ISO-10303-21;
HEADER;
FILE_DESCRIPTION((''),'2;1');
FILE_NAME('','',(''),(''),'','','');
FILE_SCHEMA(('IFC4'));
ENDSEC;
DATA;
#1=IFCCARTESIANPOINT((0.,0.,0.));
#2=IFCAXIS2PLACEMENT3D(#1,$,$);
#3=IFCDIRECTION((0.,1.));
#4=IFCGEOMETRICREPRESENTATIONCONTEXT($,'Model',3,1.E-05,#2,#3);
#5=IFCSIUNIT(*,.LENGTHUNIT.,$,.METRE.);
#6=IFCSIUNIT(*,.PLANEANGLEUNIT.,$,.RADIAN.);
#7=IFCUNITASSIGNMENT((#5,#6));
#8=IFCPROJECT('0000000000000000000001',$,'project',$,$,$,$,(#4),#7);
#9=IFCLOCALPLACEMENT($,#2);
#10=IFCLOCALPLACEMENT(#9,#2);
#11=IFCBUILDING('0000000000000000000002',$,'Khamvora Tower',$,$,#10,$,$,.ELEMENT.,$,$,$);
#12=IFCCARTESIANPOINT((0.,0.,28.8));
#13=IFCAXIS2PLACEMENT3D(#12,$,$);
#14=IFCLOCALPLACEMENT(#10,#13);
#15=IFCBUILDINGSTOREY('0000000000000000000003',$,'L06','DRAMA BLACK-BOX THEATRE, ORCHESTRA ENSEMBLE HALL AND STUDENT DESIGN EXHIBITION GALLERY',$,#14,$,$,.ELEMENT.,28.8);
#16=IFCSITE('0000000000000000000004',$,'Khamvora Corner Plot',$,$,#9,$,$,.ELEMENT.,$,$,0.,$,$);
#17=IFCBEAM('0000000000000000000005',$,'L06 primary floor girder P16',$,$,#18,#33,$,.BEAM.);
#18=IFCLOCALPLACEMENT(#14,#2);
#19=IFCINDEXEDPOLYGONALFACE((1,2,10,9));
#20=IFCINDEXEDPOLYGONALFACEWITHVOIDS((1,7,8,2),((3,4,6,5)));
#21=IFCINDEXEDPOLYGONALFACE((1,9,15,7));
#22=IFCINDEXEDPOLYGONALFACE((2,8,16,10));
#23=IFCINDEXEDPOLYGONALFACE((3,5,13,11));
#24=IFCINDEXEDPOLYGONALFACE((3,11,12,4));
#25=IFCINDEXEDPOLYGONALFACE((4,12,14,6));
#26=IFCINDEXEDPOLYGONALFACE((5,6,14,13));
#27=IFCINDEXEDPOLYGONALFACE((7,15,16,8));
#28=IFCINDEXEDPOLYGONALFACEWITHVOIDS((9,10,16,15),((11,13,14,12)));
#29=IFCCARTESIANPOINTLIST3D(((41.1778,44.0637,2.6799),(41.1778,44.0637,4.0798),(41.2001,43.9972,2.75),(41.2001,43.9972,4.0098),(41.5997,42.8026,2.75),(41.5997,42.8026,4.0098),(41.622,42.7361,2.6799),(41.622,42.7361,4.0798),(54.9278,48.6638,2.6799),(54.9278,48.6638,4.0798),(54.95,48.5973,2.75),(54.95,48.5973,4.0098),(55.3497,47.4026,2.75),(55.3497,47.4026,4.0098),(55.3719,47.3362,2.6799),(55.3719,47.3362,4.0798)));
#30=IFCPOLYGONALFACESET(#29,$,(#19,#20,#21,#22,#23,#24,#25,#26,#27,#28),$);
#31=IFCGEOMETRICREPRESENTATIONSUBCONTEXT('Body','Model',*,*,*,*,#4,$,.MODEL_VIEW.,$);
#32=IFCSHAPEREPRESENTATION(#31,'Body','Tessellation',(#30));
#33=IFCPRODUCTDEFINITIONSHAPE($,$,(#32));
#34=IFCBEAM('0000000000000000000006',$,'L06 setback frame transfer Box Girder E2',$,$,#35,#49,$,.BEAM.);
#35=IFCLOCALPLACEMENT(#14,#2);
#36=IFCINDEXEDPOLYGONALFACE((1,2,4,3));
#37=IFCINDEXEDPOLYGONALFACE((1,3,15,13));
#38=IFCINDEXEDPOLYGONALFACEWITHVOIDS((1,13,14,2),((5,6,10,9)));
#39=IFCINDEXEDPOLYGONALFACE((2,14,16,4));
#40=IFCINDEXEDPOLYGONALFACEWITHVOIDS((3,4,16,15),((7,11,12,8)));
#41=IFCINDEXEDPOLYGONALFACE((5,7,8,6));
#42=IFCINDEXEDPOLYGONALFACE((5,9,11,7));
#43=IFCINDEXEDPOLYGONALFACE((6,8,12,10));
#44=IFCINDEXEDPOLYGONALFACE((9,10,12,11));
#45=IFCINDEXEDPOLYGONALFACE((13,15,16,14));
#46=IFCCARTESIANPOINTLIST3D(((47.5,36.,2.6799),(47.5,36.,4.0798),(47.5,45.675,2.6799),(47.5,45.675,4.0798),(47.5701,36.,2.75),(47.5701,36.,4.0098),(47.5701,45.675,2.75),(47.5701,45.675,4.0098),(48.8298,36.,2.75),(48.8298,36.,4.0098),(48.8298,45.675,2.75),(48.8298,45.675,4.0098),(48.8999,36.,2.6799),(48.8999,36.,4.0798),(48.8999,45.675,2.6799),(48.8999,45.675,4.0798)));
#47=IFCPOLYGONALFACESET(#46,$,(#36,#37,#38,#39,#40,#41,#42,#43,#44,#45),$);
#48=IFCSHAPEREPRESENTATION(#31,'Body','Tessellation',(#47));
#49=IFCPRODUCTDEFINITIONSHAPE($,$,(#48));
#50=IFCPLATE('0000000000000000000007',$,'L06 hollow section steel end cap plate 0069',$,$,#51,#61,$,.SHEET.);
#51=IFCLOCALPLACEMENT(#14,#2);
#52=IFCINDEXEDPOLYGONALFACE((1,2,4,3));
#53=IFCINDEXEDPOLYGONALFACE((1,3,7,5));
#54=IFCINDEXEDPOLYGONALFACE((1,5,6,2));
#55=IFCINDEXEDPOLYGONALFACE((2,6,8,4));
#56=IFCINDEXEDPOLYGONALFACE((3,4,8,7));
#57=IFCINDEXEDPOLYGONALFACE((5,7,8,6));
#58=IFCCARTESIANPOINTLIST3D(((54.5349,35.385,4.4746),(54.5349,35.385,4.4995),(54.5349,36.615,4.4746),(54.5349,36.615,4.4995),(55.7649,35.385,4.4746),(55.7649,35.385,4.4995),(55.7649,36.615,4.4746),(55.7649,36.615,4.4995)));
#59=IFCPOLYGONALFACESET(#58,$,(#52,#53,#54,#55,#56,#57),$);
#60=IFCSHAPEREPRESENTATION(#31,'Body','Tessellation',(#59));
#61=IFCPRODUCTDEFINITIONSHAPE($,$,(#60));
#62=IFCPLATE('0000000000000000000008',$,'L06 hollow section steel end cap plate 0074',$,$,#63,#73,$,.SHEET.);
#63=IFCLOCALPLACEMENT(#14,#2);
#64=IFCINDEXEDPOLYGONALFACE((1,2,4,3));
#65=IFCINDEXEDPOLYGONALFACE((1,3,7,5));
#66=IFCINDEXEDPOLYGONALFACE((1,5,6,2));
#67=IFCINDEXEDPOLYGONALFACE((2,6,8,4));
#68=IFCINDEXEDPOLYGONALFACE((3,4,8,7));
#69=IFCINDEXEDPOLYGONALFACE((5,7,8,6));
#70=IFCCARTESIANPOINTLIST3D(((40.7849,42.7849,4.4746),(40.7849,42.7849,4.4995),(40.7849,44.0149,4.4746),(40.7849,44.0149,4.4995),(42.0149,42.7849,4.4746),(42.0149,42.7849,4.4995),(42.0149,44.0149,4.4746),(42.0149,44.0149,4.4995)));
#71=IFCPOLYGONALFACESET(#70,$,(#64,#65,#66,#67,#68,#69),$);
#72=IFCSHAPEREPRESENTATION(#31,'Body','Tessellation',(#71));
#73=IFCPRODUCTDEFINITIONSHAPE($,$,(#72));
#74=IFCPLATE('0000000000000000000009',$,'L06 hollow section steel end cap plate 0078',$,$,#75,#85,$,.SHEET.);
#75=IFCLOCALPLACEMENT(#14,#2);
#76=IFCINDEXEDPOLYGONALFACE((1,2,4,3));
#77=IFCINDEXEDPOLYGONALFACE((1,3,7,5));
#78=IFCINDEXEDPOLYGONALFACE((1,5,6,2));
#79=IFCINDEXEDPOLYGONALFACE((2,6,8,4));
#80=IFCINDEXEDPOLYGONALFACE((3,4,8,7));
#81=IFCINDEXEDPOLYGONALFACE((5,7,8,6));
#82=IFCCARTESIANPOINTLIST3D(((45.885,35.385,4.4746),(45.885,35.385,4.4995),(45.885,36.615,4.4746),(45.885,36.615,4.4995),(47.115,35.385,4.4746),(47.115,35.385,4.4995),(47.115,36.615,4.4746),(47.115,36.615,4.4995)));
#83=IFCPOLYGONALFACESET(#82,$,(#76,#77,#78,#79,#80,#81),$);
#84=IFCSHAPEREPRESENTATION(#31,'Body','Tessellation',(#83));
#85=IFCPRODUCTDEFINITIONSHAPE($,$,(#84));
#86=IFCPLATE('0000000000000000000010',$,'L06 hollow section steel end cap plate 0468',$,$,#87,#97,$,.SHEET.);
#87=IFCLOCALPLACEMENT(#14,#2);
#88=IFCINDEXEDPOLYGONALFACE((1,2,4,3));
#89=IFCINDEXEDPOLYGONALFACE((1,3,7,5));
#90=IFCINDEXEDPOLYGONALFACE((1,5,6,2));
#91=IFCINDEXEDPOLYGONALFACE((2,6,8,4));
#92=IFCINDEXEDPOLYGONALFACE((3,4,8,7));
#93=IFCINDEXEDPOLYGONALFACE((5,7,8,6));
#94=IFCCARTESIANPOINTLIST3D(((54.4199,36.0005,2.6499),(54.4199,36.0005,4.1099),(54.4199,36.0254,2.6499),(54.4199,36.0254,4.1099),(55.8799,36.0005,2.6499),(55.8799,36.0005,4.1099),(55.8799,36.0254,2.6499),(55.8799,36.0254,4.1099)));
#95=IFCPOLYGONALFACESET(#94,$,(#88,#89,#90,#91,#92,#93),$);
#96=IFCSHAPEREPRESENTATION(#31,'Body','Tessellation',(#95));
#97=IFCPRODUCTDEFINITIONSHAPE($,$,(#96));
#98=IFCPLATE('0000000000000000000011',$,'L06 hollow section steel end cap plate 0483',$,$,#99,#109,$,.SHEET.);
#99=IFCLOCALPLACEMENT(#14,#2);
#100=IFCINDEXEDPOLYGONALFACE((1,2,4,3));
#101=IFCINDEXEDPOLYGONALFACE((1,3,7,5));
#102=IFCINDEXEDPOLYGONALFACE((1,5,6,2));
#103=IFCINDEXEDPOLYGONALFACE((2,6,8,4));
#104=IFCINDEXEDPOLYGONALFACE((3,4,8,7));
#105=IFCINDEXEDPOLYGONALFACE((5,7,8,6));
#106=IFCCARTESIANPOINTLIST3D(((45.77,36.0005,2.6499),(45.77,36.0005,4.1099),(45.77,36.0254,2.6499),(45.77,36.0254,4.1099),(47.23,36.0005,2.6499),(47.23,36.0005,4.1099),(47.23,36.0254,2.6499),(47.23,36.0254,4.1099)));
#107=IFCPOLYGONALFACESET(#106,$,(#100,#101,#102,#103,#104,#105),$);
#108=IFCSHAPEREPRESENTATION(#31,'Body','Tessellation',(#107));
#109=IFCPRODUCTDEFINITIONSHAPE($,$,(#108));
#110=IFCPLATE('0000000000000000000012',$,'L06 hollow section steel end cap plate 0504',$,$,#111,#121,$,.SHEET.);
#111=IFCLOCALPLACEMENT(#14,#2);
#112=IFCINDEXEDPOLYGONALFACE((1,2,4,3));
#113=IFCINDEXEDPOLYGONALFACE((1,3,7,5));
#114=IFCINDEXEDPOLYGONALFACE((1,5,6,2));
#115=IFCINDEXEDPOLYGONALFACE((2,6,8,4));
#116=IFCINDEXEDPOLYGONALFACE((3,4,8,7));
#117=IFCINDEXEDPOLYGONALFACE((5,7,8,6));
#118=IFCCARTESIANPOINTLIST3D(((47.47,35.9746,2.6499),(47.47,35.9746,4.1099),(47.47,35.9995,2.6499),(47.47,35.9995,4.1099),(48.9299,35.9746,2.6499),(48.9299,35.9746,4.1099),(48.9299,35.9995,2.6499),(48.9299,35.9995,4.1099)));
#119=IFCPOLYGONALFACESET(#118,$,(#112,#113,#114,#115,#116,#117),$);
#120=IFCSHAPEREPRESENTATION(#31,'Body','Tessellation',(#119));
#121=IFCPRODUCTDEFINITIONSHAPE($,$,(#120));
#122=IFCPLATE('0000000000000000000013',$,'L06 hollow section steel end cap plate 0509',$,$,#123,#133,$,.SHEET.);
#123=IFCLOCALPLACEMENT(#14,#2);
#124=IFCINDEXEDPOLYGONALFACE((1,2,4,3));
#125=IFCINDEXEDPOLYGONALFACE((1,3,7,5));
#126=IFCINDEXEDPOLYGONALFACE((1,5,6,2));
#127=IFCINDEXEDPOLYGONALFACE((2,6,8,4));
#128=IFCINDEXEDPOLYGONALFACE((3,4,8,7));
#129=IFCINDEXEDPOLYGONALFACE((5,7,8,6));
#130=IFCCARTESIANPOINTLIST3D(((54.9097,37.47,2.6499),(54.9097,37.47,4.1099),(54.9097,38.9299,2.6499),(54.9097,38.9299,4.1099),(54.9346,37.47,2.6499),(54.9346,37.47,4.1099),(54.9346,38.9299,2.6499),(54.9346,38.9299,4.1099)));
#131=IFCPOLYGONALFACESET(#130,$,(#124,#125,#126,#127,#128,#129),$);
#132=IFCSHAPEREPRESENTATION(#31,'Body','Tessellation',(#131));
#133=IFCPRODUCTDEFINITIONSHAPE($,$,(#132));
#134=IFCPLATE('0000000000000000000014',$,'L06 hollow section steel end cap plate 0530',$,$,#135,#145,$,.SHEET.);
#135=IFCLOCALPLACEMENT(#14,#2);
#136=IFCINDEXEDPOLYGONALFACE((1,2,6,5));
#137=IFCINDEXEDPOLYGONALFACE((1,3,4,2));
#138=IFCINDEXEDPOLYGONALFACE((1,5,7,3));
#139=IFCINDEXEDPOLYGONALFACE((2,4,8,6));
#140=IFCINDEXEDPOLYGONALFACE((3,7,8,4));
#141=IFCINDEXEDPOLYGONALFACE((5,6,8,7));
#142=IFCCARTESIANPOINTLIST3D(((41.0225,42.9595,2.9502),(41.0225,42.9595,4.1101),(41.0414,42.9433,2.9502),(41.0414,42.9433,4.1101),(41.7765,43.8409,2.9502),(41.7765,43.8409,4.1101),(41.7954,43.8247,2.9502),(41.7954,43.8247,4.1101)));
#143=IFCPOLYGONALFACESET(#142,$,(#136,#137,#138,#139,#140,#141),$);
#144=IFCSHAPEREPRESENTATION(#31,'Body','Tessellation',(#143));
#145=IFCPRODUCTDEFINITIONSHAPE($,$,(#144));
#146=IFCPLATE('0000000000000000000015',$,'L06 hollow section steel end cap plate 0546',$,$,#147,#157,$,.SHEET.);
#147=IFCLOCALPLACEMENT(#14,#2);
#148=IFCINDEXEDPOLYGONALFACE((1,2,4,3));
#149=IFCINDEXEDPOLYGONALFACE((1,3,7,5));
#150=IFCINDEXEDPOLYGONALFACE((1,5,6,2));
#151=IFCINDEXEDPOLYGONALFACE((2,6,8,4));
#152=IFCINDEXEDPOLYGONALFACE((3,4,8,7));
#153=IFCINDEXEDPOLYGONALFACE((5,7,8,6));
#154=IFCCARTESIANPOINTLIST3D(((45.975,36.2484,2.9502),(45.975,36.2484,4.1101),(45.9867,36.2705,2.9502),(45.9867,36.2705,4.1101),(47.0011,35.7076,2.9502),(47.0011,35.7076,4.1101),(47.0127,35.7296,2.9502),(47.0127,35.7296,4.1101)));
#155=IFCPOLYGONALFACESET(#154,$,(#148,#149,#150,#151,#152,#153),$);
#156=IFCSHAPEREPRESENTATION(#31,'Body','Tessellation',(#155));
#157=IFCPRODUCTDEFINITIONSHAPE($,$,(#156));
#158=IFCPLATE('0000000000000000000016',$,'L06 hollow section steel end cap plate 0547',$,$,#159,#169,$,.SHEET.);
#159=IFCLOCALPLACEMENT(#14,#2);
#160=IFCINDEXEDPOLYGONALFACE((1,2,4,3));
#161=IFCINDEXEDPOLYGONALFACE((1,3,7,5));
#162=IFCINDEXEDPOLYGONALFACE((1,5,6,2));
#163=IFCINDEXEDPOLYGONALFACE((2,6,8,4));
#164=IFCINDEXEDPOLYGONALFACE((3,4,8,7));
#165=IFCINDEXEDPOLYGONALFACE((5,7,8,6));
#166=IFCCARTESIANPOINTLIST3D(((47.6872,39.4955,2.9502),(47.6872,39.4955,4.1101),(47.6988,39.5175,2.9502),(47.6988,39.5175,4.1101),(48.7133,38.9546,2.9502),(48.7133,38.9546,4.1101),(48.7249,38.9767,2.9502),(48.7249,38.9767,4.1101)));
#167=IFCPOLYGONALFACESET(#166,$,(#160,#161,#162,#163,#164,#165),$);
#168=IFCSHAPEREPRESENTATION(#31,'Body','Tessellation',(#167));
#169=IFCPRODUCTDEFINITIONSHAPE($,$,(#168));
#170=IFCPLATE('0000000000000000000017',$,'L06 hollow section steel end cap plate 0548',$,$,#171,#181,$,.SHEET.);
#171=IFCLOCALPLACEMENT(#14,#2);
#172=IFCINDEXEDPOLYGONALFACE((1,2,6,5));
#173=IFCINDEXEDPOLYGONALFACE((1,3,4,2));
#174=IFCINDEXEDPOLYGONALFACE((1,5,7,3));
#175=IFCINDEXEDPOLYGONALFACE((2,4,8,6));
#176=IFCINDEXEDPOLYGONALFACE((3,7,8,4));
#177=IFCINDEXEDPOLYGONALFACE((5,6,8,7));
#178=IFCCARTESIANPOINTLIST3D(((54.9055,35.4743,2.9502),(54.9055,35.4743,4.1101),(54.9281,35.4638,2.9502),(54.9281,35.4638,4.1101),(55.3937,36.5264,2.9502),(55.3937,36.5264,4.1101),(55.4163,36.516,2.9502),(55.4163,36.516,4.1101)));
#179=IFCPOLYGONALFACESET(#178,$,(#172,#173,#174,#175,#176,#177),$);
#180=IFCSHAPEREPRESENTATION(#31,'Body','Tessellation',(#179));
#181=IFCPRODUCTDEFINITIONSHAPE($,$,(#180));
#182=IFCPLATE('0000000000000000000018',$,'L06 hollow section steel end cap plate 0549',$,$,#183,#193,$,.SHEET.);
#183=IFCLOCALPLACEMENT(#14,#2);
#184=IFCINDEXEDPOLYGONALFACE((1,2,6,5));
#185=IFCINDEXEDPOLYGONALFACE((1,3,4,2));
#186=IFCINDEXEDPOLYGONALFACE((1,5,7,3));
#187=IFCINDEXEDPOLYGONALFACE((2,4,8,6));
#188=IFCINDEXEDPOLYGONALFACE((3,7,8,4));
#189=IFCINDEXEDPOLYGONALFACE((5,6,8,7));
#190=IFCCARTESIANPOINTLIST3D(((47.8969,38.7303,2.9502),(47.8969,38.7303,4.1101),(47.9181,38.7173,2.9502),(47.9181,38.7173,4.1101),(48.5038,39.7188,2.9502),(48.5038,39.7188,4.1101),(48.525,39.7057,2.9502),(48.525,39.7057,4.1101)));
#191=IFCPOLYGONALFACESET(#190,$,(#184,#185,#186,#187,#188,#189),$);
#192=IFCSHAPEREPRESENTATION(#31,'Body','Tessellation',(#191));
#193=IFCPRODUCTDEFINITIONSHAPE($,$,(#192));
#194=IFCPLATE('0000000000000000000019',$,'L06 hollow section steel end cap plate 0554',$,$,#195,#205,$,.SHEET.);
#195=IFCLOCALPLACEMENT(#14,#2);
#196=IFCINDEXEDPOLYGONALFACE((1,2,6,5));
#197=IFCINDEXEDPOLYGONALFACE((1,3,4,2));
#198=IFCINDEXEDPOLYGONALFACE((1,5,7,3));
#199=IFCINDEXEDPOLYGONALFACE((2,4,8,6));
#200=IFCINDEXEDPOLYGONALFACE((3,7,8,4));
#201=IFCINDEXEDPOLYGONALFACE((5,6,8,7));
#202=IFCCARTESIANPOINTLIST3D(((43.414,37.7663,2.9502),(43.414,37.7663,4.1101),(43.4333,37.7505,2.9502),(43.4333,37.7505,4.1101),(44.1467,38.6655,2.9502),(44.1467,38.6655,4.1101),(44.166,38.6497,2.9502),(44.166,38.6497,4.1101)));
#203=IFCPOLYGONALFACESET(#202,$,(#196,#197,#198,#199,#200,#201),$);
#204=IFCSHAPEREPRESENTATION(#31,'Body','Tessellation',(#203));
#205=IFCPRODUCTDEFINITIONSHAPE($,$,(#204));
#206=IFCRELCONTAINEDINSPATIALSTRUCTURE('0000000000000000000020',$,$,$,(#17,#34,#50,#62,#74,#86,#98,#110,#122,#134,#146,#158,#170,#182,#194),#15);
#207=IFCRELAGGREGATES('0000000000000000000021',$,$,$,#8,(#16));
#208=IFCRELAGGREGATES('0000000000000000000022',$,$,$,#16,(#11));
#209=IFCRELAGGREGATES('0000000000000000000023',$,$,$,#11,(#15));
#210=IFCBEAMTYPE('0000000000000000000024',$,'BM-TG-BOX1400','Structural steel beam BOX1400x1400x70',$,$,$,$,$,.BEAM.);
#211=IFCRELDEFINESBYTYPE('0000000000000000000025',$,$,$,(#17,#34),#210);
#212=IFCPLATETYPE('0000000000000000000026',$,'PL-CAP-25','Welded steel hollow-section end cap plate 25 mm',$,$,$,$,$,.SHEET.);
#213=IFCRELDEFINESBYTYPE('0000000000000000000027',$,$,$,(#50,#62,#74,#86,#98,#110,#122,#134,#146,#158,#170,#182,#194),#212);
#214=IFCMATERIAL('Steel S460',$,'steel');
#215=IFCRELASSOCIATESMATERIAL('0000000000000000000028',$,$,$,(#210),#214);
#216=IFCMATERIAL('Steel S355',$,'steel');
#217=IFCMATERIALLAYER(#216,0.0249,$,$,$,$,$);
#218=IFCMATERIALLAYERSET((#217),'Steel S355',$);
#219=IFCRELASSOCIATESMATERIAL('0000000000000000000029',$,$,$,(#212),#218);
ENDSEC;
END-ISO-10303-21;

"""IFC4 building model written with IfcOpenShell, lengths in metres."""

from ifc_helpers import new_model, si_unit, direction, frame, origin, origin_2d, place, context, subcontext, project, spatial, rectangle, hollow_rectangle, extrude, material, layer, layer_set, material_profile, profile_set, type_object, element, save


model = new_model("IFC4")

# Units and contexts
model_context = context("Model", 3, precision=1e-05, world=origin(), true_north=direction((0.0, 1.0)))
body_context = subcontext(model_context, "Body", "Model", "MODEL_VIEW")
ifc_project = project(units=[si_unit("LENGTHUNIT", "METRE"), si_unit("PLANEANGLEUNIT", "RADIAN")], contexts=[model_context])

# Site, building, storey
site_placement = place(None, origin())
site = spatial("IfcSite", under=ifc_project, at=site_placement, Name="Khamvora Corner Plot", CompositionType="ELEMENT", RefElevation=0.0)
building_placement = place(site_placement, origin())
building = spatial("IfcBuilding", under=site, at=building_placement, Name="Khamvora Tower", CompositionType="ELEMENT")
storey_placement = place(building_placement, frame((0.0, 0.0, 28.8)))
storey = spatial("IfcBuildingStorey", under=building, at=storey_placement, Name="L06", Description="DRAMA BLACK-BOX THEATRE, ORCHESTRA ENSEMBLE HALL AND STUDENT DESIGN EXHIBITION GALLERY", CompositionType="ELEMENT", Elevation=28.8)

# Shared definitions
ifc_material_1 = material(Name="Steel S460", Category="steel")

# Beams
ifc_material_profile_1 = material_profile(ifc_material_1, hollow_rectangle(XDim=1.3999, YDim=1.3999, WallThickness=0.0701, at=origin_2d()), Name="BOX1400x1400x70")
ifc_profile_set_1 = profile_set([ifc_material_profile_1], Name="Steel S460")
beam_type_1 = type_object("IfcBeamType", Name="BM-TG-BOX1400", Description="Structural steel beam BOX1400x1400x70", PredefinedType="BEAM", material=ifc_profile_set_1)
beam_1_placement = place(storey_placement, frame((41.3999, 43.3999, 3.3799), z_axis=(0.948336, 0.317268, 0.0), x_axis=(-0.317268, 0.948336, 0.0)))
element("IfcBeam", 1, at=beam_1_placement, inside=storey, type_object=beam_type_1, Name="L06 primary floor girder P16", PredefinedType="BEAM", context=body_context, shape_type="SweptSolid", body=[
    extrude(hollow_rectangle(XDim=1.3999, YDim=1.3999, WallThickness=0.0701, at=origin_2d()), origin(), (0.0, 0.0, 1.0), 14.499),
])
beam_2_placement = place(storey_placement, frame((48.2, 36.0, 3.3799), z_axis=(0.0, 1.0, 0.0), x_axis=(-1.0, 0.0, 0.0)))
element("IfcBeam", 2, at=beam_2_placement, inside=storey, type_object=beam_type_1, Name="L06 setback frame transfer Box Girder E2", PredefinedType="BEAM", context=body_context, shape_type="SweptSolid", body=[
    extrude(hollow_rectangle(XDim=1.3999, YDim=1.3999, WallThickness=0.0701, at=origin_2d()), origin(), (0.0, 0.0, 1.0), 9.675),
])

# Plates
ifc_material_2 = material(Name="Steel S355", Category="steel")
ifc_layer_1 = layer(ifc_material_2, 0.0249)
ifc_layer_set_1 = layer_set([ifc_layer_1], Name="Steel S355")
plate_type = type_object("IfcPlateType", Name="PL-CAP-25", Description="Welded steel hollow-section end cap plate 25 mm", PredefinedType="SHEET", material=ifc_layer_set_1)
for number, where, z_axis, x_axis, name in (
    (3, (55.1499, 36.0, 4.4746), (0.0, 0.0, 1.0), (1.0, 0.0, 0.0), "L06 hollow section steel end cap plate 0069"),
    (4, (41.3999, 43.3999, 4.4746), (0.0, 0.0, 1.0), (1.0, 0.0, 0.0), "L06 hollow section steel end cap plate 0074"),
    (5, (46.5, 36.0, 4.4746), (0.0, 0.0, 1.0), (1.0, 0.0, 0.0), "L06 hollow section steel end cap plate 0078"),
):
    element("IfcPlate", number, at=place(storey_placement, frame(where, z_axis=z_axis, x_axis=x_axis)), inside=storey, type_object=plate_type, Name=name, PredefinedType="SHEET", context=body_context, shape_type="SweptSolid", body=[
        extrude(rectangle(XDim=1.23, YDim=1.23, at=origin_2d()), origin(), (0.0, 0.0, 1.0), 0.0249),
    ])
for number, where, z_axis, x_axis, name in (
    (6, (55.1499, 36.0129, 2.6499), (0.0, 0.0, 1.0), (0.0, 1.0, 0.0), "L06 hollow section steel end cap plate 0468"),
    (7, (46.5, 36.0129, 2.6499), (0.0, 0.0, 1.0), (0.0, 1.0, 0.0), "L06 hollow section steel end cap plate 0483"),
    (8, (48.2, 35.9871, 2.6499), (0.0, 0.0, 1.0), (0.0, 1.0, 0.0), "L06 hollow section steel end cap plate 0504"),
    (9, (54.9221, 38.2, 2.6499), (0.0, 0.0, 1.0), (1.0, 0.0, 0.0), "L06 hollow section steel end cap plate 0509"),
):
    element("IfcPlate", number, at=place(storey_placement, frame(where, z_axis=z_axis, x_axis=x_axis)), inside=storey, type_object=plate_type, Name=name, PredefinedType="SHEET", context=body_context, shape_type="SweptSolid", body=[
        extrude(rectangle(XDim=0.0249, YDim=1.46, at=origin_2d()), origin(), (0.0, 0.0, 1.0), 1.46),
    ])
for number, where, z_axis, x_axis, name in (
    (10, (41.4089, 43.3921, 2.9502), (0.0, 0.0, 1.0), (-0.759873, 0.650072, 0.0), "L06 hollow section steel end cap plate 0530"),
    (11, (46.4939, 35.989, 2.9502), (0.0, 0.0, 1.0), (0.466309, 0.884622, 0.0), "L06 hollow section steel end cap plate 0546"),
    (12, (48.2061, 39.2361, 2.9502), (0.0, 0.0, 1.0), (0.466309, 0.884622, 0.0), "L06 hollow section steel end cap plate 0547"),
    (13, (55.1609, 35.9951, 2.9502), (0.0, 0.0, 1.0), (-0.907095, 0.420925, 0.0), "L06 hollow section steel end cap plate 0548"),
    (14, (48.2109, 39.218, 2.9502), (0.0, 0.0, 1.0), (0.852193, -0.523228, 0.0), "L06 hollow section steel end cap plate 0549"),
    (15, (43.79, 38.208, 2.9502), (0.0, 0.0, 1.0), (-0.775231, 0.631678, 0.0), "L06 hollow section steel end cap plate 0554"),
):
    element("IfcPlate", number, at=place(storey_placement, frame(where, z_axis=z_axis, x_axis=x_axis)), inside=storey, type_object=plate_type, Name=name, PredefinedType="SHEET", context=body_context, shape_type="SweptSolid", body=[
        extrude(rectangle(XDim=0.0249, YDim=1.1599, at=origin_2d()), origin(), (0.0, 0.0, 1.0), 1.1599),
    ])

save(model, "model.ifc")
